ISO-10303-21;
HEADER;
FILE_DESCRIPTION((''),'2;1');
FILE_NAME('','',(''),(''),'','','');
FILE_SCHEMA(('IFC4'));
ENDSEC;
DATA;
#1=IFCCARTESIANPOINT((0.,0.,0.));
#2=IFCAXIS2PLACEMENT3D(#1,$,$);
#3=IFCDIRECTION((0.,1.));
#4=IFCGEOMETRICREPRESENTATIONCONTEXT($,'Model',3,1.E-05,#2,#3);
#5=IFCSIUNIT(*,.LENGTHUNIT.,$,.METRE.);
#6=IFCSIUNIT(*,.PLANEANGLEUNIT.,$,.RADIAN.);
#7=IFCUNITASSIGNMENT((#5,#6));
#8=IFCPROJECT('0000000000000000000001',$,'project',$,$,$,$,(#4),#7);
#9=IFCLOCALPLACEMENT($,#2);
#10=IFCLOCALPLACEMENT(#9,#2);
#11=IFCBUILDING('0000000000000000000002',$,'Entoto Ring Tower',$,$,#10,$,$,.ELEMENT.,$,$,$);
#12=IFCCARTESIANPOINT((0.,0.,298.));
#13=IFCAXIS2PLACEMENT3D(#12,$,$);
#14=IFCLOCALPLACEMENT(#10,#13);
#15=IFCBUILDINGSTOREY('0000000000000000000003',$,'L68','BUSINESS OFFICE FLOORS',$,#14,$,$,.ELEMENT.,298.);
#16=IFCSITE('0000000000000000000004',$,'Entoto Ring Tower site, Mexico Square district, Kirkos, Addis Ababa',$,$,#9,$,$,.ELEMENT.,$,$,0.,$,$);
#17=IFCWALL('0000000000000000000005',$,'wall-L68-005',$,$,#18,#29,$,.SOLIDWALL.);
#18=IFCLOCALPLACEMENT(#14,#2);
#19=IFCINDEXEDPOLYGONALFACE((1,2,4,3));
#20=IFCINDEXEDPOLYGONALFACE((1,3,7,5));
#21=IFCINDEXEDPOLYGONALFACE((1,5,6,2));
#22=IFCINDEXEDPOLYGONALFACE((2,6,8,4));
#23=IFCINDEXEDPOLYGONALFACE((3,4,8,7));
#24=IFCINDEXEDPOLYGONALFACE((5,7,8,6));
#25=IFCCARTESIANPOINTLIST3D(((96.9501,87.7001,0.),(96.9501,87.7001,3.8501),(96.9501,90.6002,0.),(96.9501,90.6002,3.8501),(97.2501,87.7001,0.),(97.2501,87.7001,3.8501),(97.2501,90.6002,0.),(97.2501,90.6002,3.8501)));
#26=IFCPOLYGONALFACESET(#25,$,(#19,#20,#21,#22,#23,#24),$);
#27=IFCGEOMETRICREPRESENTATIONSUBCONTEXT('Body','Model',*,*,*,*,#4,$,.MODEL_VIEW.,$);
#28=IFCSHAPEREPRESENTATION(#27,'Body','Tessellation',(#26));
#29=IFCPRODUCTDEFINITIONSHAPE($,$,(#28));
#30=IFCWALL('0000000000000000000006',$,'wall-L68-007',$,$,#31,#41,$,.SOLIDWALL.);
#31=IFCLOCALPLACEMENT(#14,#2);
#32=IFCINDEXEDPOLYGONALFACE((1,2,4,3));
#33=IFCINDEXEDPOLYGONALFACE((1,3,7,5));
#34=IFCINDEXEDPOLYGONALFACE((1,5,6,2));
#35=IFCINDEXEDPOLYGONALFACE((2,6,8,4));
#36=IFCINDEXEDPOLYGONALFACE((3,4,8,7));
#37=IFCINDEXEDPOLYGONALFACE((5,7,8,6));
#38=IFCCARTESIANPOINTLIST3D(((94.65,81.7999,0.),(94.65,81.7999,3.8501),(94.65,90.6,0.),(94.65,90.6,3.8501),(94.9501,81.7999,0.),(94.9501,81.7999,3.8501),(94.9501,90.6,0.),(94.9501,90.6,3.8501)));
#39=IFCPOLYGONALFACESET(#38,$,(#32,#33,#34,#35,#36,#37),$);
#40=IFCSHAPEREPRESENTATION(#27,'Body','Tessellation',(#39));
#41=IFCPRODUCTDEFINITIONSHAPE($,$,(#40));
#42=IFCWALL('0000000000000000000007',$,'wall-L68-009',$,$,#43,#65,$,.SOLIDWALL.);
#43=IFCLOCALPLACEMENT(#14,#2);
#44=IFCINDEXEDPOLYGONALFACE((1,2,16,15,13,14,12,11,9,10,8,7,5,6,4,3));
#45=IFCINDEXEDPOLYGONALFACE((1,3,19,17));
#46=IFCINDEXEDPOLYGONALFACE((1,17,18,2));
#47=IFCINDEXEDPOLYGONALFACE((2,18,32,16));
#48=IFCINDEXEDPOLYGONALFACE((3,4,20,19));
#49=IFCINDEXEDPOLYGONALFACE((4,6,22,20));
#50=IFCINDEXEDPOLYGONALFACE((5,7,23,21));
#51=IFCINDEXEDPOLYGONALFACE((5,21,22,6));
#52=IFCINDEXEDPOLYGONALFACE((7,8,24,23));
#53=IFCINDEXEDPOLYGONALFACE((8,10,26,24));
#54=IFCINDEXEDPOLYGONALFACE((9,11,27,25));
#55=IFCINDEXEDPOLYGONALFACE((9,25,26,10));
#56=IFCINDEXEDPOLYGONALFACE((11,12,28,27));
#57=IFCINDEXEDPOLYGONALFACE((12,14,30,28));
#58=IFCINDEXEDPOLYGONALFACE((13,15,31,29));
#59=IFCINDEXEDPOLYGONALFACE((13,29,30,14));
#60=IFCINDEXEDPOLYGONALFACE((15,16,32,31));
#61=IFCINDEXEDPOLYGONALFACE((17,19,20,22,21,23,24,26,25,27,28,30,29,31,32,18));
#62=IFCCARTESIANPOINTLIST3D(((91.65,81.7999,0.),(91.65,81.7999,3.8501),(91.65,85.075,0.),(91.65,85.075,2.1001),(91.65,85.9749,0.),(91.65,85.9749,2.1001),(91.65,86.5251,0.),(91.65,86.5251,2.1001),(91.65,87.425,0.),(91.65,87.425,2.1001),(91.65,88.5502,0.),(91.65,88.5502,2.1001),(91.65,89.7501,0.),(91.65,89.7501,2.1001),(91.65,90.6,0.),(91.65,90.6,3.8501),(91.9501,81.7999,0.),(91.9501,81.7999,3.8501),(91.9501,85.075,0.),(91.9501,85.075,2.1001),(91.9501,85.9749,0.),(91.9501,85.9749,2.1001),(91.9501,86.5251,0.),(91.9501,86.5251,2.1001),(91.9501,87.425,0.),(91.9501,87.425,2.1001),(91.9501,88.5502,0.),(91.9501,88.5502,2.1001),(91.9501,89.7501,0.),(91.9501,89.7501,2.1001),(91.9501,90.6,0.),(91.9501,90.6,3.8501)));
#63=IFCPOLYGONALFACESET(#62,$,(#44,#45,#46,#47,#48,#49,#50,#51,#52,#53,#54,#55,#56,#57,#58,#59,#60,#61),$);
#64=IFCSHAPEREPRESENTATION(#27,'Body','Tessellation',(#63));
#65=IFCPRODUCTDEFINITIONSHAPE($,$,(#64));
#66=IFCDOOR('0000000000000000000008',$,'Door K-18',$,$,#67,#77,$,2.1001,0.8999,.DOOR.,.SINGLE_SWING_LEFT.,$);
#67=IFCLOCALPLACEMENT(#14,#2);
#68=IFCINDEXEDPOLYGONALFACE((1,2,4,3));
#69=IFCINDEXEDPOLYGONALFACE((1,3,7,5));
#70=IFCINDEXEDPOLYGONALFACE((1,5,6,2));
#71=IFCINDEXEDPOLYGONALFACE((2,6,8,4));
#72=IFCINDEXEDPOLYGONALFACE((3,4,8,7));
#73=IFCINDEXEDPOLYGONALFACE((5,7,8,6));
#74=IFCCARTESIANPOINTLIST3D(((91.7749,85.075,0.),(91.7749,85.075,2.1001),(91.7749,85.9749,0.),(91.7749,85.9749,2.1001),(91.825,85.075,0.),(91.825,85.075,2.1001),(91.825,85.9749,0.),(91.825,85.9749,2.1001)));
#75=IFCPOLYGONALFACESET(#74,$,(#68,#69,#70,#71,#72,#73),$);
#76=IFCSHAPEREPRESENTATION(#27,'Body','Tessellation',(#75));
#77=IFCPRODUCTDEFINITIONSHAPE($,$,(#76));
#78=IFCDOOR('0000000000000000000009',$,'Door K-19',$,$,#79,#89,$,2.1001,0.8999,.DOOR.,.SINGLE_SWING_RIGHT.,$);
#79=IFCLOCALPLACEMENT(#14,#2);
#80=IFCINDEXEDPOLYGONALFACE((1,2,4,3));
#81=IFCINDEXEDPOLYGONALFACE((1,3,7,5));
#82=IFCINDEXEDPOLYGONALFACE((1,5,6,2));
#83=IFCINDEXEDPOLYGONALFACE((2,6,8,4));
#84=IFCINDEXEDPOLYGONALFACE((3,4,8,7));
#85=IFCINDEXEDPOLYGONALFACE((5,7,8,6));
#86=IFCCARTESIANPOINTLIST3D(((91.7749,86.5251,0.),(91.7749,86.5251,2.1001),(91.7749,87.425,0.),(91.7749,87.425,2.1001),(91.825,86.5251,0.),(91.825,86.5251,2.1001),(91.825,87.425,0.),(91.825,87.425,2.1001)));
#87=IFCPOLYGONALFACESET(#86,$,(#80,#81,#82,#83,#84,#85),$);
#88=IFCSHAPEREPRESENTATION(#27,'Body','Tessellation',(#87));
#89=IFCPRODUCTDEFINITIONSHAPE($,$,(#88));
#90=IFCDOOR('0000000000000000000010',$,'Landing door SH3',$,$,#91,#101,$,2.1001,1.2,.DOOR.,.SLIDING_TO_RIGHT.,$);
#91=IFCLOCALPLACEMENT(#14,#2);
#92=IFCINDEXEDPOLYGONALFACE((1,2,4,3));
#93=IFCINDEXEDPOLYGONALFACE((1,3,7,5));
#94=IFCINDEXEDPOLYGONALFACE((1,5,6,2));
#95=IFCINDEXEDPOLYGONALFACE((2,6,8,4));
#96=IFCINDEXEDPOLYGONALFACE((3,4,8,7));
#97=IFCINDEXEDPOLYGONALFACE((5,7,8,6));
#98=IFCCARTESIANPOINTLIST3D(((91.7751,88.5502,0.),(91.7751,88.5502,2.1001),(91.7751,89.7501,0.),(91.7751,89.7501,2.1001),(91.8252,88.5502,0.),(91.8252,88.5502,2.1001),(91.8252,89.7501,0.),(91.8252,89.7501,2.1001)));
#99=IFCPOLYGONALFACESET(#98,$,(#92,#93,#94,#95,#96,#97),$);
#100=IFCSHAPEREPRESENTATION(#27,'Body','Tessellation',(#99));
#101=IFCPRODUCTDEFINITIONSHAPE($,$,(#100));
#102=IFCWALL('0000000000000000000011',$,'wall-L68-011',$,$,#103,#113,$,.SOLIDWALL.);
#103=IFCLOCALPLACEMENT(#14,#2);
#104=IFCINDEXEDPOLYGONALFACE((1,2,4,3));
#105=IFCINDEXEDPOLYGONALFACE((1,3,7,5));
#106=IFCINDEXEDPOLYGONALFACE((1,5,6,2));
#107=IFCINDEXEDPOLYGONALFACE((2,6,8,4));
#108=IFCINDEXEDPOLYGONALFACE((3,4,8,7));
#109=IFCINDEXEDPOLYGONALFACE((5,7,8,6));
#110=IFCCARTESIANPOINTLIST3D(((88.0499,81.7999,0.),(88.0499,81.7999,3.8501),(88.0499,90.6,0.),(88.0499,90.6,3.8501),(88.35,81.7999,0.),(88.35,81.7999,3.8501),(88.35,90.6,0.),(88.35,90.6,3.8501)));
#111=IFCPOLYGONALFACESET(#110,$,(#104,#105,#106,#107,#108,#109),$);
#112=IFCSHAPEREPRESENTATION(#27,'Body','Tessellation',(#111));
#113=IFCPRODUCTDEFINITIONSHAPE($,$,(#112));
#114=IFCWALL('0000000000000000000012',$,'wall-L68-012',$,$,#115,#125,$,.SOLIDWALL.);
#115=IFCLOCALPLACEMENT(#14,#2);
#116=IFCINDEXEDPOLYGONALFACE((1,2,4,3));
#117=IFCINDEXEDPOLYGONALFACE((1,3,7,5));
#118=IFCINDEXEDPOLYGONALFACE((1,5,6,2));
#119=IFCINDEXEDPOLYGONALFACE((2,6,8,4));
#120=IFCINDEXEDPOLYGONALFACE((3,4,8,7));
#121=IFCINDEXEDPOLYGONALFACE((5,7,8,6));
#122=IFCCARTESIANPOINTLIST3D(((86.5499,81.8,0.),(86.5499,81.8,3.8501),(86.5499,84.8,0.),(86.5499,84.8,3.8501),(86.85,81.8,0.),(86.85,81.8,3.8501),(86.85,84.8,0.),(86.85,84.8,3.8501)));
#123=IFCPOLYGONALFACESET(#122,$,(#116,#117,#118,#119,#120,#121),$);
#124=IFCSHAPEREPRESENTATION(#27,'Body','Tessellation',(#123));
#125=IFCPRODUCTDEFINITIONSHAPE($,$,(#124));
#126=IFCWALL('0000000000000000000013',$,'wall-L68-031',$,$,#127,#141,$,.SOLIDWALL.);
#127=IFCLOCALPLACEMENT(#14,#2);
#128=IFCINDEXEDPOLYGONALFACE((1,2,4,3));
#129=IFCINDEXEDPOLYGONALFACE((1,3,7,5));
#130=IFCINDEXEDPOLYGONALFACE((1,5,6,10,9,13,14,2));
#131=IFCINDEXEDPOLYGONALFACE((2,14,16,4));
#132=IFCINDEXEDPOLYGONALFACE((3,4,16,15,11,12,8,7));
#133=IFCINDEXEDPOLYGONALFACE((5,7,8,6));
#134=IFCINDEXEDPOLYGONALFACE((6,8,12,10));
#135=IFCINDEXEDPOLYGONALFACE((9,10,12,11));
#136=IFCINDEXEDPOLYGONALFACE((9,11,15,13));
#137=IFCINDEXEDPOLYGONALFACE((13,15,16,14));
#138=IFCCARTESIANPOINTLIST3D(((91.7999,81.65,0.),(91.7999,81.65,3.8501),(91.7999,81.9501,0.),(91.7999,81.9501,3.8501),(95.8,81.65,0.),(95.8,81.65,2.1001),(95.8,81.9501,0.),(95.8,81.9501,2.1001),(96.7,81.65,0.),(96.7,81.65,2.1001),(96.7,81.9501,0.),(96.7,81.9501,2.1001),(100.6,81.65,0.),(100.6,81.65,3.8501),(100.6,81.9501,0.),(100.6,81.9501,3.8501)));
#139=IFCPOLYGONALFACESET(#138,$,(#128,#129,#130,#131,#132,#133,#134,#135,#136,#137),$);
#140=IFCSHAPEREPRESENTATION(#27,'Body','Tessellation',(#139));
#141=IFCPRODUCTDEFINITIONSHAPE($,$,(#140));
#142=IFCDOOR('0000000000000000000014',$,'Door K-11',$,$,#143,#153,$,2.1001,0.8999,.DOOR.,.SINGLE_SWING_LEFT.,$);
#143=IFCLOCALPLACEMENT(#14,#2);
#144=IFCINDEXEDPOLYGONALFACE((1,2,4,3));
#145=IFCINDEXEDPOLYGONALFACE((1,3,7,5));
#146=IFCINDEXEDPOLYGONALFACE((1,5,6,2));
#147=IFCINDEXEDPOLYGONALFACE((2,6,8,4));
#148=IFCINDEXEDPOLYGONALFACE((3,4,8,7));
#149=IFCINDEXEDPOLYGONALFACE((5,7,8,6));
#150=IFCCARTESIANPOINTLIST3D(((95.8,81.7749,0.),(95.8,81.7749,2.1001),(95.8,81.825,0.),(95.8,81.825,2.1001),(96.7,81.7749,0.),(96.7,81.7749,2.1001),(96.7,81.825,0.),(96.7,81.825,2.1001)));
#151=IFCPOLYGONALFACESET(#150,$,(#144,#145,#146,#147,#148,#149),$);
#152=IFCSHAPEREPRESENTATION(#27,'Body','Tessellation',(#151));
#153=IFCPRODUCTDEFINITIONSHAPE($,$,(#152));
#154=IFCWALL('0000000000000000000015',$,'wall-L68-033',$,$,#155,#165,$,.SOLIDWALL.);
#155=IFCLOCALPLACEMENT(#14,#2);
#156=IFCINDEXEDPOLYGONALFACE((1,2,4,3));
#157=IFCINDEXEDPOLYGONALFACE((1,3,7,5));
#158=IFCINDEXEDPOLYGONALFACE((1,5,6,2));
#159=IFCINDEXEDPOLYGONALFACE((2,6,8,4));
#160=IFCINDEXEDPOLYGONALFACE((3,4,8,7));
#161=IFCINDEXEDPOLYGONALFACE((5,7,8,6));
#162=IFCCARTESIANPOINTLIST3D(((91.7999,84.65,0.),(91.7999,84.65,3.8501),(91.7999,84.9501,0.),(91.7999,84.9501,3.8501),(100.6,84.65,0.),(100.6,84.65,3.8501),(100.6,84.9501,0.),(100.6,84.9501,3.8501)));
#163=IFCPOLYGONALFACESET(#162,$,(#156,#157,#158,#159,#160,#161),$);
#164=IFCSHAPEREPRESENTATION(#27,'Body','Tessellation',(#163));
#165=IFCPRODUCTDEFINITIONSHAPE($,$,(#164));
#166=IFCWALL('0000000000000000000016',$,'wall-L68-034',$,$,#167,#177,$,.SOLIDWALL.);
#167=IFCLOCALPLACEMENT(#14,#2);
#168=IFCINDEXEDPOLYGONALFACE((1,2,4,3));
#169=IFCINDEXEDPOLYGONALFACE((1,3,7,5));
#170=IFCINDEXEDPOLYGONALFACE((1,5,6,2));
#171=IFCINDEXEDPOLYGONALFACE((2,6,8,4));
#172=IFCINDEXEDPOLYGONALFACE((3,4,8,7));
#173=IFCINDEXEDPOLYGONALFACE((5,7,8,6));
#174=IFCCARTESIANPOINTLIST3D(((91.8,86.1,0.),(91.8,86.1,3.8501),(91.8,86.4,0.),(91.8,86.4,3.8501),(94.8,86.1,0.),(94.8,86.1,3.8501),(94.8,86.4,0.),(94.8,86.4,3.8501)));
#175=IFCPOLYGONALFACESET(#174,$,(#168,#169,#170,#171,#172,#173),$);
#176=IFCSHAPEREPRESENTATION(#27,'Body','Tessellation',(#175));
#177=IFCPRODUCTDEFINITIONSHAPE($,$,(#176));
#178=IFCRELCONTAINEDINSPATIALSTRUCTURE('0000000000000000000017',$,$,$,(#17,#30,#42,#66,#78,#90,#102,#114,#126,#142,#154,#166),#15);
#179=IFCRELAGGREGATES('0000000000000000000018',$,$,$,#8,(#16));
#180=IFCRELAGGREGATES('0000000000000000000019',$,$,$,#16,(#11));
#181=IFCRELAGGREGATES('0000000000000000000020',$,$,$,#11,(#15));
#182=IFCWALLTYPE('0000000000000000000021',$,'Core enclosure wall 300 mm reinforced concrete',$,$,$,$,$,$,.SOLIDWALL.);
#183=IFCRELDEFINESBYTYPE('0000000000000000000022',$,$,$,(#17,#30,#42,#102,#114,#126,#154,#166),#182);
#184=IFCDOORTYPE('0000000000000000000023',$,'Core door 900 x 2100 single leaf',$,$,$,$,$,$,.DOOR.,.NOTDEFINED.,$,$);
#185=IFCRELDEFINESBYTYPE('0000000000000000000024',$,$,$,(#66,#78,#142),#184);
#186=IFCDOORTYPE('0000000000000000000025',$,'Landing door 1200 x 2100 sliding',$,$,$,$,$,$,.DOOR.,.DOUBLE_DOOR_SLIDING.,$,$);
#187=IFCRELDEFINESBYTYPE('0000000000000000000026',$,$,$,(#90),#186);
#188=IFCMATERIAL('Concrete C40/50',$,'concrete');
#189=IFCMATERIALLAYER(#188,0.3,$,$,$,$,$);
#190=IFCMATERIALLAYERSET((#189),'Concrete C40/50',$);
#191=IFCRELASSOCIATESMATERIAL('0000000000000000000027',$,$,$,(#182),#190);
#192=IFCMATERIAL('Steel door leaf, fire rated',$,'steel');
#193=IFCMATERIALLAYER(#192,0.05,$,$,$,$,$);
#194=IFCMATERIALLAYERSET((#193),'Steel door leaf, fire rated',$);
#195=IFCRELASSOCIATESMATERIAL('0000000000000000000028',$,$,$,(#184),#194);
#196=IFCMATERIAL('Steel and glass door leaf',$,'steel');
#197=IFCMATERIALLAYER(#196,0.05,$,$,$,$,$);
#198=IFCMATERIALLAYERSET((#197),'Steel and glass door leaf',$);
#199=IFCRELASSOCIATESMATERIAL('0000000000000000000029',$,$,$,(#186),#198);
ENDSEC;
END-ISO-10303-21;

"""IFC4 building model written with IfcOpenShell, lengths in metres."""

from ifc_helpers import new_model, si_unit, direction, frame, frame_2d, origin, place, context, subcontext, project, spatial, rectangle, extrude, material, layer, layer_set, type_object, element, fill, save


model = new_model("IFC4")

# Units and contexts
model_context = context("Model", 3, precision=1e-05, world=origin(), true_north=direction((0.0, 1.0)))
body_context = subcontext(model_context, "Body", "Model", "MODEL_VIEW")
ifc_project = project(units=[si_unit("LENGTHUNIT", "METRE"), si_unit("PLANEANGLEUNIT", "RADIAN")], contexts=[model_context])

# Site, building, storey
site_placement = place(None, origin())
site = spatial("IfcSite", under=ifc_project, at=site_placement, Name="Entoto Ring Tower site, Mexico Square district, Kirkos, Addis Ababa", CompositionType="ELEMENT", RefElevation=0.0)
building_placement = place(site_placement, origin())
building = spatial("IfcBuilding", under=site, at=building_placement, Name="Entoto Ring Tower", CompositionType="ELEMENT")
storey_placement = place(building_placement, frame((0.0, 0.0, 298.0)))
storey = spatial("IfcBuildingStorey", under=building, at=storey_placement, Name="L68", Description="BUSINESS OFFICE FLOORS", CompositionType="ELEMENT", Elevation=298.0)

# Walls
ifc_material_1 = material(Name="Concrete C40/50", Category="concrete")
ifc_layer_1 = layer(ifc_material_1, 0.3)
ifc_layer_set_1 = layer_set([ifc_layer_1], Name="Concrete C40/50")
wall_type = type_object("IfcWallType", Name="Core enclosure wall 300 mm reinforced concrete", PredefinedType="SOLIDWALL", material=ifc_layer_set_1)
wall_1_placement = place(storey_placement, frame((97.1001, 87.7, 0.0), z_axis=(0.0, 0.0, 1.0), x_axis=(0.0, 1.0, 0.0)))
element("IfcWall", 1, at=wall_1_placement, inside=storey, type_object=wall_type, Name="wall-L68-005", PredefinedType="SOLIDWALL", context=body_context, shape_type="SweptSolid", body=[
    extrude(rectangle(XDim=2.9001, YDim=0.3, at=frame_2d((1.4502, 0.0))), origin(), (0.0, 0.0, 1.0), 3.8501),
])
wall_2_placement = place(storey_placement, frame((94.8, 81.8, 0.0), z_axis=(0.0, 0.0, 1.0), x_axis=(0.0, 1.0, 0.0)))
element("IfcWall", 2, at=wall_2_placement, inside=storey, type_object=wall_type, Name="wall-L68-007", PredefinedType="SOLIDWALL", context=body_context, shape_type="SweptSolid", body=[
    extrude(rectangle(XDim=8.8, YDim=0.3, at=frame_2d((4.3999, 0.0))), origin(), (0.0, 0.0, 1.0), 3.8501),
])

# Wall, openings, doors
wall_3_placement = place(storey_placement, frame((91.8, 81.8, 0.0), z_axis=(0.0, 0.0, 1.0), x_axis=(0.0, 1.0, 0.0)))
wall_3 = element("IfcWall", 3, at=wall_3_placement, inside=storey, type_object=wall_type, Name="wall-L68-009", PredefinedType="SOLIDWALL", context=body_context, shape_type="SweptSolid", body=[
    extrude(rectangle(XDim=8.8, YDim=0.3, at=frame_2d((4.3999, 0.0))), origin(), (0.0, 0.0, 1.0), 3.8501),
])
opening_1_placement = place(wall_3_placement, frame((6.75, 0.0, 0.0)))
opening_1 = element("IfcOpeningElement", 4, at=opening_1_placement, cuts=wall_3, PredefinedType="OPENING", context=body_context, shape_type="SweptSolid", body=[
    extrude(rectangle(XDim=1.2, YDim=2.1001, at=frame_2d((0.6001, 1.05))), frame((0.0, 0.1602, 0.0), z_axis=(0.0, -1.0, 0.0), x_axis=(1.0, 0.0, 0.0)), (0.0, 0.0, 1.0), 0.3201),
])
opening_2_placement = place(wall_3_placement, frame((3.2749, 0.0, 0.0)))
opening_2 = element("IfcOpeningElement", 5, at=opening_2_placement, cuts=wall_3, PredefinedType="OPENING", context=body_context, shape_type="SweptSolid", body=[
    extrude(rectangle(XDim=0.8999, YDim=2.1001, at=frame_2d((0.45, 1.05))), frame((0.0, 0.1602, 0.0), z_axis=(0.0, -1.0, 0.0), x_axis=(1.0, 0.0, 0.0)), (0.0, 0.0, 1.0), 0.3201),
])
opening_3_placement = place(wall_3_placement, frame((4.7251, 0.0, 0.0)))
opening_3 = element("IfcOpeningElement", 6, at=opening_3_placement, cuts=wall_3, PredefinedType="OPENING", context=body_context, shape_type="SweptSolid", body=[
    extrude(rectangle(XDim=0.8999, YDim=2.1001, at=frame_2d((0.45, 1.05))), frame((0.0, 0.1602, 0.0), z_axis=(0.0, -1.0, 0.0), x_axis=(1.0, 0.0, 0.0)), (0.0, 0.0, 1.0), 0.3201),
])
ifc_material_2 = material(Name="Steel door leaf, fire rated", Category="steel")
ifc_layer_2 = layer(ifc_material_2, 0.05)
ifc_layer_set_2 = layer_set([ifc_layer_2], Name="Steel door leaf, fire rated")
door_type_1 = type_object("IfcDoorType", Name="Core door 900 x 2100 single leaf", OperationType="NOTDEFINED", PredefinedType="DOOR", material=ifc_layer_set_2)
door_1_placement = place(opening_2_placement, frame((0.8999, 0.0, 0.0), z_axis=(0.0, 0.0, 1.0), x_axis=(-1.0, 0.0, 0.0)))
door_1 = element("IfcDoor", 7, at=door_1_placement, inside=storey, type_object=door_type_1, Name="Door K-18", OperationType="SINGLE_SWING_LEFT", OverallHeight=2.1001, OverallWidth=0.8999, PredefinedType="DOOR", context=body_context, shape_type="SweptSolid", body=[
    extrude(rectangle(XDim=0.8999, YDim=2.1001, at=frame_2d((0.45, 1.05))), frame((0.0, 0.0249, 0.0), z_axis=(0.0, -1.0, 0.0), x_axis=(1.0, 0.0, 0.0)), (0.0, 0.0, 1.0), 0.05),
])
fill(opening_2, door_1)
door_2_placement = place(opening_3_placement, frame((0.8999, 0.0, 0.0), z_axis=(0.0, 0.0, 1.0), x_axis=(-1.0, 0.0, 0.0)))
door_2 = element("IfcDoor", 8, at=door_2_placement, inside=storey, type_object=door_type_1, Name="Door K-19", OperationType="SINGLE_SWING_RIGHT", OverallHeight=2.1001, OverallWidth=0.8999, PredefinedType="DOOR", context=body_context, shape_type="SweptSolid", body=[
    extrude(rectangle(XDim=0.8999, YDim=2.1001, at=frame_2d((0.45, 1.05))), frame((0.0, 0.0249, 0.0), z_axis=(0.0, -1.0, 0.0), x_axis=(1.0, 0.0, 0.0)), (0.0, 0.0, 1.0), 0.05),
])
fill(opening_3, door_2)
ifc_material_3 = material(Name="Steel and glass door leaf", Category="steel")
ifc_layer_3 = layer(ifc_material_3, 0.05)
ifc_layer_set_3 = layer_set([ifc_layer_3], Name="Steel and glass door leaf")
door_type_2 = type_object("IfcDoorType", Name="Landing door 1200 x 2100 sliding", OperationType="DOUBLE_DOOR_SLIDING", PredefinedType="DOOR", material=ifc_layer_set_3)
door_3_placement = place(opening_1_placement, origin())
door_3 = element("IfcDoor", 9, at=door_3_placement, inside=storey, type_object=door_type_2, Name="Landing door SH3", OperationType="SLIDING_TO_RIGHT", OverallHeight=2.1001, OverallWidth=1.2, PredefinedType="DOOR", context=body_context, shape_type="SweptSolid", body=[
    extrude(rectangle(XDim=1.2, YDim=2.1001, at=frame_2d((0.6001, 1.05))), frame((0.0, 0.0249, 0.0), z_axis=(0.0, -1.0, 0.0), x_axis=(1.0, 0.0, 0.0)), (0.0, 0.0, 1.0), 0.05),
])
fill(opening_1, door_3)

# Walls
wall_4_placement = place(storey_placement, frame((88.2, 81.8, 0.0), z_axis=(0.0, 0.0, 1.0), x_axis=(0.0, 1.0, 0.0)))
element("IfcWall", 10, at=wall_4_placement, inside=storey, type_object=wall_type, Name="wall-L68-011", PredefinedType="SOLIDWALL", context=body_context, shape_type="SweptSolid", body=[
    extrude(rectangle(XDim=8.8, YDim=0.3, at=frame_2d((4.3999, 0.0))), origin(), (0.0, 0.0, 1.0), 3.8501),
])
wall_5_placement = place(storey_placement, frame((86.7, 81.8, 0.0), z_axis=(0.0, 0.0, 1.0), x_axis=(0.0, 1.0, 0.0)))
element("IfcWall", 11, at=wall_5_placement, inside=storey, type_object=wall_type, Name="wall-L68-012", PredefinedType="SOLIDWALL", context=body_context, shape_type="SweptSolid", body=[
    extrude(rectangle(XDim=3.0, YDim=0.3, at=frame_2d((1.5, 0.0))), origin(), (0.0, 0.0, 1.0), 3.8501),
])

# Wall, opening, door
wall_6_placement = place(storey_placement, frame((91.8, 81.8, 0.0), z_axis=(0.0, 0.0, 1.0), x_axis=(1.0, 0.0, 0.0)))
wall_6 = element("IfcWall", 12, at=wall_6_placement, inside=storey, type_object=wall_type, Name="wall-L68-031", PredefinedType="SOLIDWALL", context=body_context, shape_type="SweptSolid", body=[
    extrude(rectangle(XDim=8.8, YDim=0.3, at=frame_2d((4.3999, 0.0))), origin(), (0.0, 0.0, 1.0), 3.8501),
])
opening_4_placement = place(wall_6_placement, frame((4.0, 0.0, 0.0)))
opening_4 = element("IfcOpeningElement", 13, at=opening_4_placement, cuts=wall_6, PredefinedType="OPENING", context=body_context, shape_type="SweptSolid", body=[
    extrude(rectangle(XDim=0.8999, YDim=2.1001, at=frame_2d((0.45, 1.05))), frame((0.0, 0.1602, 0.0), z_axis=(0.0, -1.0, 0.0), x_axis=(1.0, 0.0, 0.0)), (0.0, 0.0, 1.0), 0.3201),
])
door_4_placement = place(opening_4_placement, origin())
door_4 = element("IfcDoor", 14, at=door_4_placement, inside=storey, type_object=door_type_1, Name="Door K-11", OperationType="SINGLE_SWING_LEFT", OverallHeight=2.1001, OverallWidth=0.8999, PredefinedType="DOOR", context=body_context, shape_type="SweptSolid", body=[
    extrude(rectangle(XDim=0.8999, YDim=2.1001, at=frame_2d((0.45, 1.05))), frame((0.0, 0.0249, 0.0), z_axis=(0.0, -1.0, 0.0), x_axis=(1.0, 0.0, 0.0)), (0.0, 0.0, 1.0), 0.05),
])
fill(opening_4, door_4)

# Walls
wall_7_placement = place(storey_placement, frame((91.8, 84.8, 0.0), z_axis=(0.0, 0.0, 1.0), x_axis=(1.0, 0.0, 0.0)))
element("IfcWall", 15, at=wall_7_placement, inside=storey, type_object=wall_type, Name="wall-L68-033", PredefinedType="SOLIDWALL", context=body_context, shape_type="SweptSolid", body=[
    extrude(rectangle(XDim=8.8, YDim=0.3, at=frame_2d((4.3999, 0.0))), origin(), (0.0, 0.0, 1.0), 3.8501),
])
for number, where, z_axis, x_axis, name in (
    (16, (91.8, 86.25, 0.0), (0.0, 0.0, 1.0), (1.0, 0.0, 0.0), "wall-L68-034"),
):
    element("IfcWall", number, at=place(storey_placement, frame(where, z_axis=z_axis, x_axis=x_axis)), inside=storey, type_object=wall_type, Name=name, PredefinedType="SOLIDWALL", context=body_context, shape_type="SweptSolid", body=[
        extrude(rectangle(XDim=3.0, YDim=0.3, at=frame_2d((1.5, 0.0))), origin(), (0.0, 0.0, 1.0), 3.8501),
    ])

save(model, "model.ifc")
